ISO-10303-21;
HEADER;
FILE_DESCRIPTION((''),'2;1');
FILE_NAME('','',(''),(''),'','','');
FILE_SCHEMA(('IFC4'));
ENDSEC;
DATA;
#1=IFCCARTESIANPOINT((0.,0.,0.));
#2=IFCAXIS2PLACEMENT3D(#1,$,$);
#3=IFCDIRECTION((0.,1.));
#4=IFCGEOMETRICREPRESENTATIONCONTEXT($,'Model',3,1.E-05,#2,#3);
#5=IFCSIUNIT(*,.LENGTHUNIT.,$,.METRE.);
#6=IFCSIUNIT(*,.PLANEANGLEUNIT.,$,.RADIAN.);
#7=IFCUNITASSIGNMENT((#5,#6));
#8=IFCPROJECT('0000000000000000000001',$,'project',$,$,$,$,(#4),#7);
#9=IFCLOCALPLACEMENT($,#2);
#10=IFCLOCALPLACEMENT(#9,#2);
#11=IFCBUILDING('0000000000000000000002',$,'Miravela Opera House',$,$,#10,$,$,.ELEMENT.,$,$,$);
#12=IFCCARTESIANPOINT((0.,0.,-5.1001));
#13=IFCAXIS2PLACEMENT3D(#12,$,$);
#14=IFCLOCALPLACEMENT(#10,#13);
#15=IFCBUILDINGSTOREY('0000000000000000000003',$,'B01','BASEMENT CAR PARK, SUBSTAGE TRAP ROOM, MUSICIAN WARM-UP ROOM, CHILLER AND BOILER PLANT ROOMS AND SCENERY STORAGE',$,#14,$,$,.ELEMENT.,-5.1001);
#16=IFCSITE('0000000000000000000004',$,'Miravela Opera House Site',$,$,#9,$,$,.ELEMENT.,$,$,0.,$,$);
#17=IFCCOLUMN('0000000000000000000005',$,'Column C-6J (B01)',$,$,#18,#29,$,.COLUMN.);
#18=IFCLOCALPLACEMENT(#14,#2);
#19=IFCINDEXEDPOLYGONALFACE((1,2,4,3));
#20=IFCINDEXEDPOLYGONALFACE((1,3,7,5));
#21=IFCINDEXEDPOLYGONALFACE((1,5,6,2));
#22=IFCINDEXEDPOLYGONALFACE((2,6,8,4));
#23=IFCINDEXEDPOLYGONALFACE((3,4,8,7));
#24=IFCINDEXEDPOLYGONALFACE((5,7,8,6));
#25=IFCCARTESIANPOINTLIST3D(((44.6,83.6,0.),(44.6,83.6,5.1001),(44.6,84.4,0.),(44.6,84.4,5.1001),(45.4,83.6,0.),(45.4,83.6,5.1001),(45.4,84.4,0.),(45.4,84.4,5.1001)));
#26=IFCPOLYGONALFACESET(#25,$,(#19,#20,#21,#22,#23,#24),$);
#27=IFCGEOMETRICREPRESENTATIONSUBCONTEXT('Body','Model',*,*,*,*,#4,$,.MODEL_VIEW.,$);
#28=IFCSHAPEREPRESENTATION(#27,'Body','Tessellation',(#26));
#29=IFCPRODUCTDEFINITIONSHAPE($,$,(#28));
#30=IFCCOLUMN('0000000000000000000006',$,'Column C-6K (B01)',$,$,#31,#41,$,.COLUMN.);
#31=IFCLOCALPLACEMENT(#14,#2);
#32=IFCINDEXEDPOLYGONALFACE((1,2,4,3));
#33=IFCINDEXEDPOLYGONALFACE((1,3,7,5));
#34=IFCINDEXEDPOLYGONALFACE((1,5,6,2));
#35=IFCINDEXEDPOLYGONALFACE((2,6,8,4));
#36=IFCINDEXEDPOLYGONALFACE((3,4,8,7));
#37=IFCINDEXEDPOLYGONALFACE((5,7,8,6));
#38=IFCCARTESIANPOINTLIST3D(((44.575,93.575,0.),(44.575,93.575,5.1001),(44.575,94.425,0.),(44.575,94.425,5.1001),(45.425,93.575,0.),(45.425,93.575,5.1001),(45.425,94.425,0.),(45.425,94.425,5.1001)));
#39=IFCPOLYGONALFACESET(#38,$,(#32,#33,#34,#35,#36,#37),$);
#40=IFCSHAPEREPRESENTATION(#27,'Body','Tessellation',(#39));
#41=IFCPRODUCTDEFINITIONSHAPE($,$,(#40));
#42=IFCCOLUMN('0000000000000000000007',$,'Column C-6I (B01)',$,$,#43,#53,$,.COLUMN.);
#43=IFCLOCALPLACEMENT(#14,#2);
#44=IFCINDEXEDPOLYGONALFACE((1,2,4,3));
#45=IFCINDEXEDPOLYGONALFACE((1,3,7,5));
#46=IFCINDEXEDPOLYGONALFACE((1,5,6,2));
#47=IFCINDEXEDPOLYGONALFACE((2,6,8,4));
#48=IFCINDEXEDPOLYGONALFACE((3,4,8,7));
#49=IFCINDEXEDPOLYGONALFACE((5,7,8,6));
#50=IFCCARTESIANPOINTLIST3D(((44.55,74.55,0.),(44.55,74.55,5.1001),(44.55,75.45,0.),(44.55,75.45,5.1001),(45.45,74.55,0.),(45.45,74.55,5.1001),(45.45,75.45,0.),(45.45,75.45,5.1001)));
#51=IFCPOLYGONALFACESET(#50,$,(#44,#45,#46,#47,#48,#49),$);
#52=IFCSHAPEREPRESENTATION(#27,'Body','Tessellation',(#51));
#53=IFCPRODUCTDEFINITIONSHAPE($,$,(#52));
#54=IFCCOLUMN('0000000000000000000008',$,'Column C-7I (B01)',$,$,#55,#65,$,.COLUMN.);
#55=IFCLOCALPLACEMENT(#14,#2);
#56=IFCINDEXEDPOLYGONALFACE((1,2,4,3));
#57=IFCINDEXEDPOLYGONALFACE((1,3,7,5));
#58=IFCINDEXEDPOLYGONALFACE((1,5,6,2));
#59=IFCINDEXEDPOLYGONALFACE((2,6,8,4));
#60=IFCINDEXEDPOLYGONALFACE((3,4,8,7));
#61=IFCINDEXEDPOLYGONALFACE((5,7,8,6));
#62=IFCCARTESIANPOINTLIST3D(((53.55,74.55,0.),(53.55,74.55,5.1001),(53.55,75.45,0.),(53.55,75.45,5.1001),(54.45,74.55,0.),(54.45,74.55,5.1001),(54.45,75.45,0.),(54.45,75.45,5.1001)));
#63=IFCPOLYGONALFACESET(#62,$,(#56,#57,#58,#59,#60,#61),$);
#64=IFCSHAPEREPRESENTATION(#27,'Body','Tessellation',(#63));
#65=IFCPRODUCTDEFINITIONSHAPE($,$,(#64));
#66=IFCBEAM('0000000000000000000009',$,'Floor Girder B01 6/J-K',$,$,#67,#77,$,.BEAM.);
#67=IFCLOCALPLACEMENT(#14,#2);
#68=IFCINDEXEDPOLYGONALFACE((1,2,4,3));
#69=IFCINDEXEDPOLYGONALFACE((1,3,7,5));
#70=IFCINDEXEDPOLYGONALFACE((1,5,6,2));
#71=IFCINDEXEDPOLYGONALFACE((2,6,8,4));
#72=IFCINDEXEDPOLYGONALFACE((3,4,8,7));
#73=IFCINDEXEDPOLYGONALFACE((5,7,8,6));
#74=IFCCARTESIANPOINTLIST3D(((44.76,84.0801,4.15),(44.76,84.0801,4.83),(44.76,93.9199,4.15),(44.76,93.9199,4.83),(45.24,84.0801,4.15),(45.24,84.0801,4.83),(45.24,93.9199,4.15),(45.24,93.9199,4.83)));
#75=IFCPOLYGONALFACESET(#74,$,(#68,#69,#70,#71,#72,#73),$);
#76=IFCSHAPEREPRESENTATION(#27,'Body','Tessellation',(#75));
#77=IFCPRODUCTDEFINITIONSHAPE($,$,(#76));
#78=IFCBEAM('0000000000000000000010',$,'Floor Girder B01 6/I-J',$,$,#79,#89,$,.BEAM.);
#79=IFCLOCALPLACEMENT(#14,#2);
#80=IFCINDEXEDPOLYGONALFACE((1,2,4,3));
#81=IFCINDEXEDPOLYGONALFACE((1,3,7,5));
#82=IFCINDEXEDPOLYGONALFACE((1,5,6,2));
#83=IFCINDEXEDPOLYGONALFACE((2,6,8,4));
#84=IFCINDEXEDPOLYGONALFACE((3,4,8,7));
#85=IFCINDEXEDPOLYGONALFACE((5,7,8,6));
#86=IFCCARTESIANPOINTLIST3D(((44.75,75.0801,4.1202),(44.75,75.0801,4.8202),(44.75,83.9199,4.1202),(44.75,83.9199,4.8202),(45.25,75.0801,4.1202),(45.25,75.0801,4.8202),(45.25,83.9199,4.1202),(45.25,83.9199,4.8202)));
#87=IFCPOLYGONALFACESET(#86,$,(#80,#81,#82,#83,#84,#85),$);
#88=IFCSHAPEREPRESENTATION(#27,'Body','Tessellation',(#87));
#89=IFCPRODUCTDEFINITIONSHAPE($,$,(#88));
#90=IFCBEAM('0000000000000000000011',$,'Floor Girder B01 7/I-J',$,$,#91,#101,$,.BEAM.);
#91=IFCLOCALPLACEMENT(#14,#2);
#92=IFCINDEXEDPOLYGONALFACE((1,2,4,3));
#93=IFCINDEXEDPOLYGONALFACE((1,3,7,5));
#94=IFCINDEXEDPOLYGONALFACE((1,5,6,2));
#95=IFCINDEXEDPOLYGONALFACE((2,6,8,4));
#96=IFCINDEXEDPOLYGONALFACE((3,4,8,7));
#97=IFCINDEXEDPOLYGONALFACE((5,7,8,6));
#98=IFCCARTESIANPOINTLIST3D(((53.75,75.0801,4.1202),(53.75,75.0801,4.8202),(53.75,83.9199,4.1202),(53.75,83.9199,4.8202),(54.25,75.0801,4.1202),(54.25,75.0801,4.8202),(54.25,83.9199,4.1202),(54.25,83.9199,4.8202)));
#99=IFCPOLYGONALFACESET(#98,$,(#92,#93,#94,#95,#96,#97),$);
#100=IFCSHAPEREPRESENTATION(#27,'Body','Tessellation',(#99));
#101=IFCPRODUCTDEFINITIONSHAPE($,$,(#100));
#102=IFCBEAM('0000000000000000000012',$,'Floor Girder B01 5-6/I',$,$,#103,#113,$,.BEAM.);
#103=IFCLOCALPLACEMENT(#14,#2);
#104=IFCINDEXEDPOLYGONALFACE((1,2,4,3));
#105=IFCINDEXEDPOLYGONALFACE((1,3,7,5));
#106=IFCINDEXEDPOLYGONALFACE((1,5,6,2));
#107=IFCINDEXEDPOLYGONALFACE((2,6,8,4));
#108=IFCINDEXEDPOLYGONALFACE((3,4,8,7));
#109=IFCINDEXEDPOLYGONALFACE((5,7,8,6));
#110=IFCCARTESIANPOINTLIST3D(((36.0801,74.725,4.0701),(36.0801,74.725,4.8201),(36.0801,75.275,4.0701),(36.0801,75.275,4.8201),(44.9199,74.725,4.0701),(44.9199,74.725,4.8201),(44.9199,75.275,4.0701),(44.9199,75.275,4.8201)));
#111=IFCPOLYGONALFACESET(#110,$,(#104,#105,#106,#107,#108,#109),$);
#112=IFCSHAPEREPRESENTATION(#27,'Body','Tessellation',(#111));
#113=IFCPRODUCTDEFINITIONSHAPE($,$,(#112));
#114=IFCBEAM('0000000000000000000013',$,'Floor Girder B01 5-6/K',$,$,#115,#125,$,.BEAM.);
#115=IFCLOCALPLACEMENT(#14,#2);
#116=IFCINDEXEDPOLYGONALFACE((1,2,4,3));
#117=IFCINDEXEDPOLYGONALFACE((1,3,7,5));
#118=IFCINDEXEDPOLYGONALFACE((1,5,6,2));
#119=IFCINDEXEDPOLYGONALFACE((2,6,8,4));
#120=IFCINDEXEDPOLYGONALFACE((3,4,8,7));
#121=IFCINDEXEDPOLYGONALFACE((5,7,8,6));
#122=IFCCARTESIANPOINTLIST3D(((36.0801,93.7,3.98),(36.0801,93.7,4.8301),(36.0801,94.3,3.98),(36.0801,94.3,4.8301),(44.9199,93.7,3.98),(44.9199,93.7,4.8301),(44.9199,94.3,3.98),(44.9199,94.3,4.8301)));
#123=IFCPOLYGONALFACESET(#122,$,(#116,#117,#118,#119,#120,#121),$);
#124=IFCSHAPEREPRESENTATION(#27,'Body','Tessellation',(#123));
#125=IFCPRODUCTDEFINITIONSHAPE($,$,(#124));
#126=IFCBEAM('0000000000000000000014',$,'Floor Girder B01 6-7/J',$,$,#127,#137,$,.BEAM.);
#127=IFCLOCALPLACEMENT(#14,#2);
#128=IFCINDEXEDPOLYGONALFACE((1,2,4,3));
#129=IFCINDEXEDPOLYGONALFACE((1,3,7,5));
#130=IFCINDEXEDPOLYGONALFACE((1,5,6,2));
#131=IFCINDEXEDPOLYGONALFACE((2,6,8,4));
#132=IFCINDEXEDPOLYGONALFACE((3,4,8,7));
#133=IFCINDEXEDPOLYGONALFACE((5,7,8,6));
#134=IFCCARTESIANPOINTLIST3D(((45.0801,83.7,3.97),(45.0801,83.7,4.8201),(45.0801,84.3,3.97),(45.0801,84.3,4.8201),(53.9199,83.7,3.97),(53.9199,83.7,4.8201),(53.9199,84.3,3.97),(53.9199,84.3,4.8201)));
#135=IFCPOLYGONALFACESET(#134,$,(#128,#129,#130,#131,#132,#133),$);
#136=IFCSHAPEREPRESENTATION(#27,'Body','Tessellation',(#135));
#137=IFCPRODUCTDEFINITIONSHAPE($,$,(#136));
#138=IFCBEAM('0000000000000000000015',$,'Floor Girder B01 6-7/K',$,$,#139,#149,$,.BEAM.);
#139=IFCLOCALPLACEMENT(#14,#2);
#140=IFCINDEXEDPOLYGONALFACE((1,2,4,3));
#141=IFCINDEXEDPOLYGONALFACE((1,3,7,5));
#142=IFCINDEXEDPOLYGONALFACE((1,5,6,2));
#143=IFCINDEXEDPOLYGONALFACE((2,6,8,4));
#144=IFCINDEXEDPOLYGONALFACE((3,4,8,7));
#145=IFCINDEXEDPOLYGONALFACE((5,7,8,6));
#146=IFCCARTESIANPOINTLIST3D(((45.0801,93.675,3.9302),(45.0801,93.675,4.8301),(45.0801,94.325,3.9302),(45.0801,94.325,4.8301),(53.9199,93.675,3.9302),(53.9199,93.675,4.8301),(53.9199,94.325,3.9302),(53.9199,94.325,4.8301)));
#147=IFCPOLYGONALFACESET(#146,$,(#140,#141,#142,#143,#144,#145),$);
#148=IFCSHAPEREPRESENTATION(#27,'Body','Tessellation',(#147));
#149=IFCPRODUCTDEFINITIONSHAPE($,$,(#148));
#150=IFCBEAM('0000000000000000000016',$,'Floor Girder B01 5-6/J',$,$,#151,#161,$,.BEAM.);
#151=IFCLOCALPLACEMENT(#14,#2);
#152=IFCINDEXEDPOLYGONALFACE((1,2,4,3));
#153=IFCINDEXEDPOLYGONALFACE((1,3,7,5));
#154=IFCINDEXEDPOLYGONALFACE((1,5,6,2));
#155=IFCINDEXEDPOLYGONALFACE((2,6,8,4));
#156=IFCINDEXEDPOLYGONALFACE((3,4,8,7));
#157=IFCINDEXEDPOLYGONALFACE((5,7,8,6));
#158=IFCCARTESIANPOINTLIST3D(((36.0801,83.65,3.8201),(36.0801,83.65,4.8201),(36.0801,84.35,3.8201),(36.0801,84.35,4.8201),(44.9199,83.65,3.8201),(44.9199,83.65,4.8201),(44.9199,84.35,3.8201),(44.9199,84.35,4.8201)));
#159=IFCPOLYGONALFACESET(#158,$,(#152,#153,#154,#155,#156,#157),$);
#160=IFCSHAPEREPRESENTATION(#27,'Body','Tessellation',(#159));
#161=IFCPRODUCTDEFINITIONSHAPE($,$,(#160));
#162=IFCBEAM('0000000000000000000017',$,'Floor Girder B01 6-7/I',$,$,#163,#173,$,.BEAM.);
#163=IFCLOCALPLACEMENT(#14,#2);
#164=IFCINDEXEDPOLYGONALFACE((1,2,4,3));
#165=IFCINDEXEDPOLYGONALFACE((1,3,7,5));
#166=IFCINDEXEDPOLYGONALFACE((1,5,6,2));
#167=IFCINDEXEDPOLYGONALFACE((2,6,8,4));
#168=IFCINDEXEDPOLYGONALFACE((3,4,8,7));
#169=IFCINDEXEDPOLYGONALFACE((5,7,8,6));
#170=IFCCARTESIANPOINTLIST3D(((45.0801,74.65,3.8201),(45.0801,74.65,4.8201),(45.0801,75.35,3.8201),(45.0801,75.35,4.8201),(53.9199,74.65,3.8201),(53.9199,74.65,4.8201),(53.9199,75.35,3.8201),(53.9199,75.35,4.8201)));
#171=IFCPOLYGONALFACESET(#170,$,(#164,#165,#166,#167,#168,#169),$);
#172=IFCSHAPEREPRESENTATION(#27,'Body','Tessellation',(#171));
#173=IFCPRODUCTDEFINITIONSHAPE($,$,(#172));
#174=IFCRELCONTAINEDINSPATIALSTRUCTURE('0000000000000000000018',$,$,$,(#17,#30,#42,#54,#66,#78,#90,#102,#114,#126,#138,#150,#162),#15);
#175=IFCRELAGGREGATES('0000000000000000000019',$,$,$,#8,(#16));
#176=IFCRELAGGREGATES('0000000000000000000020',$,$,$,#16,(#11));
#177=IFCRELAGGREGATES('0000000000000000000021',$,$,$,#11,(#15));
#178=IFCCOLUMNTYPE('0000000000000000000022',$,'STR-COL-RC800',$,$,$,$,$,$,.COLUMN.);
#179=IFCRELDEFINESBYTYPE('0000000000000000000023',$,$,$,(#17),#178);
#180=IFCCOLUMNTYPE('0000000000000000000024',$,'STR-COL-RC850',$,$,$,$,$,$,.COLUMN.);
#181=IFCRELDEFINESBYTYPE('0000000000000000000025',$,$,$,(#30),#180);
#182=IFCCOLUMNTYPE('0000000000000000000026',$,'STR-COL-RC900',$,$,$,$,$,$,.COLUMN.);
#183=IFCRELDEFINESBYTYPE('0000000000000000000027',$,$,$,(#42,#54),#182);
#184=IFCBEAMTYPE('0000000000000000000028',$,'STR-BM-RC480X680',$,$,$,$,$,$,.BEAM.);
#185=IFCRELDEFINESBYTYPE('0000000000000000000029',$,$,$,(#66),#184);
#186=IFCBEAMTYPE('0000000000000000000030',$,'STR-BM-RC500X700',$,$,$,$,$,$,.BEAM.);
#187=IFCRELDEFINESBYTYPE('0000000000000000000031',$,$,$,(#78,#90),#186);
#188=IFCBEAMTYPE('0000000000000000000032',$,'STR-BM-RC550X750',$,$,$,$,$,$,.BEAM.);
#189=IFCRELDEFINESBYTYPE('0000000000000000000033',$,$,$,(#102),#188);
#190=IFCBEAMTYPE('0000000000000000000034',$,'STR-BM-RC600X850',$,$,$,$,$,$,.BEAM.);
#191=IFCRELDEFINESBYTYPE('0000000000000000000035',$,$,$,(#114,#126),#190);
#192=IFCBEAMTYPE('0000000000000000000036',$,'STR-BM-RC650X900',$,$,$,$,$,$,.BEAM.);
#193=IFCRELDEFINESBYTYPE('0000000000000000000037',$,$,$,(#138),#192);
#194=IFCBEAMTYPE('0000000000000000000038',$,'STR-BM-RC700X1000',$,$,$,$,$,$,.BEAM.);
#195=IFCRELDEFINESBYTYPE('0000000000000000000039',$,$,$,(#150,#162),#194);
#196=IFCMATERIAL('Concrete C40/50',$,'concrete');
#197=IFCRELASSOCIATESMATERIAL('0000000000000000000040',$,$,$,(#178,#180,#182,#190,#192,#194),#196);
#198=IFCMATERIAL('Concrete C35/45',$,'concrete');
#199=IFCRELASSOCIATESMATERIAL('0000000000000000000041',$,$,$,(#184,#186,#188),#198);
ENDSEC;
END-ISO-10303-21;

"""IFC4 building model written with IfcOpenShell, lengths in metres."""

from ifc_helpers import new_model, si_unit, direction, frame, origin, origin_2d, place, context, subcontext, project, spatial, rectangle, extrude, material, material_profile, profile_set, type_object, element, save


model = new_model("IFC4")

# Units and contexts
model_context = context("Model", 3, precision=1e-05, world=origin(), true_north=direction((0.0, 1.0)))
body_context = subcontext(model_context, "Body", "Model", "MODEL_VIEW")
ifc_project = project(units=[si_unit("LENGTHUNIT", "METRE"), si_unit("PLANEANGLEUNIT", "RADIAN")], contexts=[model_context])

# Site, building, storey
site_placement = place(None, origin())
site = spatial("IfcSite", under=ifc_project, at=site_placement, Name="Miravela Opera House Site", CompositionType="ELEMENT", RefElevation=0.0)
building_placement = place(site_placement, origin())
building = spatial("IfcBuilding", under=site, at=building_placement, Name="Miravela Opera House", CompositionType="ELEMENT")
storey_placement = place(building_placement, frame((0.0, 0.0, -5.1001)))
storey = spatial("IfcBuildingStorey", under=building, at=storey_placement, Name="B01", Description="BASEMENT CAR PARK, SUBSTAGE TRAP ROOM, MUSICIAN WARM-UP ROOM, CHILLER AND BOILER PLANT ROOMS AND SCENERY STORAGE", CompositionType="ELEMENT", Elevation=-5.1001)

# Shared definitions
ifc_material_1 = material(Name="Concrete C35/45", Category="concrete")

# Columns
ifc_material_2 = material(Name="Concrete C40/50", Category="concrete")
ifc_material_profile_1 = material_profile(ifc_material_2, rectangle(XDim=0.8, YDim=0.8, at=origin_2d()), Name="RC-COL-800X800")
ifc_profile_set_1 = profile_set([ifc_material_profile_1])
column_type_1 = type_object("IfcColumnType", Name="STR-COL-RC800", PredefinedType="COLUMN", material=ifc_profile_set_1)
column_1_placement = place(storey_placement, frame((45.0, 84.0, 0.0), z_axis=(0.0, 0.0, 1.0), x_axis=(1.0, 0.0, 0.0)))
element("IfcColumn", 1, at=column_1_placement, inside=storey, type_object=column_type_1, Name="Column C-6J (B01)", PredefinedType="COLUMN", context=body_context, shape_type="SweptSolid", body=[
    extrude(rectangle(XDim=0.8, YDim=0.8, at=origin_2d()), origin(), (0.0, 0.0, 1.0), 5.1001),
])
ifc_material_profile_2 = material_profile(ifc_material_2, rectangle(XDim=0.8501, YDim=0.8501, at=origin_2d()), Name="RC-COL-850X850")
ifc_profile_set_2 = profile_set([ifc_material_profile_2])
column_type_2 = type_object("IfcColumnType", Name="STR-COL-RC850", PredefinedType="COLUMN", material=ifc_profile_set_2)
column_2_placement = place(storey_placement, frame((45.0, 94.0, 0.0), z_axis=(0.0, 0.0, 1.0), x_axis=(1.0, 0.0, 0.0)))
element("IfcColumn", 2, at=column_2_placement, inside=storey, type_object=column_type_2, Name="Column C-6K (B01)", PredefinedType="COLUMN", context=body_context, shape_type="SweptSolid", body=[
    extrude(rectangle(XDim=0.8501, YDim=0.8501, at=origin_2d()), origin(), (0.0, 0.0, 1.0), 5.1001),
])
ifc_material_profile_3 = material_profile(ifc_material_2, rectangle(XDim=0.8999, YDim=0.8999, at=origin_2d()), Name="RC-COL-900X900")
ifc_profile_set_3 = profile_set([ifc_material_profile_3])
column_type_3 = type_object("IfcColumnType", Name="STR-COL-RC900", PredefinedType="COLUMN", material=ifc_profile_set_3)
for number, where, z_axis, x_axis, name in (
    (3, (45.0, 75.0, 0.0), (0.0, 0.0, 1.0), (1.0, 0.0, 0.0), "Column C-6I (B01)"),
    (4, (54.0, 75.0, 0.0), (0.0, 0.0, 1.0), (1.0, 0.0, 0.0), "Column C-7I (B01)"),
):
    element("IfcColumn", number, at=place(storey_placement, frame(where, z_axis=z_axis, x_axis=x_axis)), inside=storey, type_object=column_type_3, Name=name, PredefinedType="COLUMN", context=body_context, shape_type="SweptSolid", body=[
        extrude(rectangle(XDim=0.8999, YDim=0.8999, at=origin_2d()), origin(), (0.0, 0.0, 1.0), 5.1001),
    ])

# Beams
ifc_material_profile_4 = material_profile(ifc_material_1, rectangle(XDim=0.48, YDim=0.6799, at=origin_2d()), Name="RC-BM-480X680")
ifc_profile_set_4 = profile_set([ifc_material_profile_4])
beam_type_1 = type_object("IfcBeamType", Name="STR-BM-RC480X680", PredefinedType="BEAM", material=ifc_profile_set_4)
beam_1_placement = place(storey_placement, frame((45.0, 84.0801, 4.49), z_axis=(0.0, 1.0, 0.0), x_axis=(-1.0, 0.0, 0.0)))
element("IfcBeam", 5, at=beam_1_placement, inside=storey, type_object=beam_type_1, Name="Floor Girder B01 6/J-K", PredefinedType="BEAM", context=body_context, shape_type="SweptSolid", body=[
    extrude(rectangle(XDim=0.48, YDim=0.6799, at=origin_2d()), origin(), (0.0, 0.0, 1.0), 9.8398),
])
ifc_material_profile_5 = material_profile(ifc_material_1, rectangle(XDim=0.5, YDim=0.7, at=origin_2d()), Name="RC-BM-500X700")
ifc_profile_set_5 = profile_set([ifc_material_profile_5])
beam_type_2 = type_object("IfcBeamType", Name="STR-BM-RC500X700", PredefinedType="BEAM", material=ifc_profile_set_5)
for number, where, z_axis, x_axis, name in (
    (6, (45.0, 75.0801, 4.4702), (0.0, 1.0, 0.0), (-1.0, 0.0, 0.0), "Floor Girder B01 6/I-J"),
    (7, (54.0, 75.0801, 4.4702), (0.0, 1.0, 0.0), (-1.0, 0.0, 0.0), "Floor Girder B01 7/I-J"),
):
    element("IfcBeam", number, at=place(storey_placement, frame(where, z_axis=z_axis, x_axis=x_axis)), inside=storey, type_object=beam_type_2, Name=name, PredefinedType="BEAM", context=body_context, shape_type="SweptSolid", body=[
        extrude(rectangle(XDim=0.5, YDim=0.7, at=origin_2d()), origin(), (0.0, 0.0, 1.0), 8.8398),
    ])
ifc_material_profile_6 = material_profile(ifc_material_1, rectangle(XDim=0.55, YDim=0.75, at=origin_2d()), Name="RC-BM-550X750")
ifc_profile_set_6 = profile_set([ifc_material_profile_6])
beam_type_3 = type_object("IfcBeamType", Name="STR-BM-RC550X750", PredefinedType="BEAM", material=ifc_profile_set_6)
beam_2_placement = place(storey_placement, frame((36.0801, 75.0, 4.4451), z_axis=(1.0, 0.0, 0.0), x_axis=(0.0, 1.0, 0.0)))
element("IfcBeam", 8, at=beam_2_placement, inside=storey, type_object=beam_type_3, Name="Floor Girder B01 5-6/I", PredefinedType="BEAM", context=body_context, shape_type="SweptSolid", body=[
    extrude(rectangle(XDim=0.55, YDim=0.75, at=origin_2d()), origin(), (0.0, 0.0, 1.0), 8.8398),
])
ifc_material_profile_7 = material_profile(ifc_material_2, rectangle(XDim=0.6001, YDim=0.8501, at=origin_2d()), Name="RC-BM-600X850")
ifc_profile_set_7 = profile_set([ifc_material_profile_7])
beam_type_4 = type_object("IfcBeamType", Name="STR-BM-RC600X850", PredefinedType="BEAM", material=ifc_profile_set_7)
for number, where, z_axis, x_axis, name in (
    (9, (36.0801, 94.0, 4.405), (1.0, 0.0, 0.0), (0.0, 1.0, 0.0), "Floor Girder B01 5-6/K"),
    (10, (45.0801, 84.0, 4.395), (1.0, 0.0, 0.0), (0.0, 1.0, 0.0), "Floor Girder B01 6-7/J"),
):
    element("IfcBeam", number, at=place(storey_placement, frame(where, z_axis=z_axis, x_axis=x_axis)), inside=storey, type_object=beam_type_4, Name=name, PredefinedType="BEAM", context=body_context, shape_type="SweptSolid", body=[
        extrude(rectangle(XDim=0.6001, YDim=0.8501, at=origin_2d()), origin(), (0.0, 0.0, 1.0), 8.8398),
    ])
ifc_material_profile_8 = material_profile(ifc_material_2, rectangle(XDim=0.6499, YDim=0.8999, at=origin_2d()), Name="RC-BM-650X900")
ifc_profile_set_8 = profile_set([ifc_material_profile_8])
beam_type_5 = type_object("IfcBeamType", Name="STR-BM-RC650X900", PredefinedType="BEAM", material=ifc_profile_set_8)
beam_3_placement = place(storey_placement, frame((45.0801, 94.0, 4.3801), z_axis=(1.0, 0.0, 0.0), x_axis=(0.0, 1.0, 0.0)))
element("IfcBeam", 11, at=beam_3_placement, inside=storey, type_object=beam_type_5, Name="Floor Girder B01 6-7/K", PredefinedType="BEAM", context=body_context, shape_type="SweptSolid", body=[
    extrude(rectangle(XDim=0.6499, YDim=0.8999, at=origin_2d()), origin(), (0.0, 0.0, 1.0), 8.8398),
])
ifc_material_profile_9 = material_profile(ifc_material_2, rectangle(XDim=0.7, YDim=1.0, at=origin_2d()), Name="RC-BM-700X1000")
ifc_profile_set_9 = profile_set([ifc_material_profile_9])
beam_type_6 = type_object("IfcBeamType", Name="STR-BM-RC700X1000", PredefinedType="BEAM", material=ifc_profile_set_9)
for number, where, z_axis, x_axis, name in (
    (12, (36.0801, 84.0, 4.3201), (1.0, 0.0, 0.0), (0.0, 1.0, 0.0), "Floor Girder B01 5-6/J"),
    (13, (45.0801, 75.0, 4.3201), (1.0, 0.0, 0.0), (0.0, 1.0, 0.0), "Floor Girder B01 6-7/I"),
):
    element("IfcBeam", number, at=place(storey_placement, frame(where, z_axis=z_axis, x_axis=x_axis)), inside=storey, type_object=beam_type_6, Name=name, PredefinedType="BEAM", context=body_context, shape_type="SweptSolid", body=[
        extrude(rectangle(XDim=0.7, YDim=1.0, at=origin_2d()), origin(), (0.0, 0.0, 1.0), 8.8398),
    ])

save(model, "model.ifc")
